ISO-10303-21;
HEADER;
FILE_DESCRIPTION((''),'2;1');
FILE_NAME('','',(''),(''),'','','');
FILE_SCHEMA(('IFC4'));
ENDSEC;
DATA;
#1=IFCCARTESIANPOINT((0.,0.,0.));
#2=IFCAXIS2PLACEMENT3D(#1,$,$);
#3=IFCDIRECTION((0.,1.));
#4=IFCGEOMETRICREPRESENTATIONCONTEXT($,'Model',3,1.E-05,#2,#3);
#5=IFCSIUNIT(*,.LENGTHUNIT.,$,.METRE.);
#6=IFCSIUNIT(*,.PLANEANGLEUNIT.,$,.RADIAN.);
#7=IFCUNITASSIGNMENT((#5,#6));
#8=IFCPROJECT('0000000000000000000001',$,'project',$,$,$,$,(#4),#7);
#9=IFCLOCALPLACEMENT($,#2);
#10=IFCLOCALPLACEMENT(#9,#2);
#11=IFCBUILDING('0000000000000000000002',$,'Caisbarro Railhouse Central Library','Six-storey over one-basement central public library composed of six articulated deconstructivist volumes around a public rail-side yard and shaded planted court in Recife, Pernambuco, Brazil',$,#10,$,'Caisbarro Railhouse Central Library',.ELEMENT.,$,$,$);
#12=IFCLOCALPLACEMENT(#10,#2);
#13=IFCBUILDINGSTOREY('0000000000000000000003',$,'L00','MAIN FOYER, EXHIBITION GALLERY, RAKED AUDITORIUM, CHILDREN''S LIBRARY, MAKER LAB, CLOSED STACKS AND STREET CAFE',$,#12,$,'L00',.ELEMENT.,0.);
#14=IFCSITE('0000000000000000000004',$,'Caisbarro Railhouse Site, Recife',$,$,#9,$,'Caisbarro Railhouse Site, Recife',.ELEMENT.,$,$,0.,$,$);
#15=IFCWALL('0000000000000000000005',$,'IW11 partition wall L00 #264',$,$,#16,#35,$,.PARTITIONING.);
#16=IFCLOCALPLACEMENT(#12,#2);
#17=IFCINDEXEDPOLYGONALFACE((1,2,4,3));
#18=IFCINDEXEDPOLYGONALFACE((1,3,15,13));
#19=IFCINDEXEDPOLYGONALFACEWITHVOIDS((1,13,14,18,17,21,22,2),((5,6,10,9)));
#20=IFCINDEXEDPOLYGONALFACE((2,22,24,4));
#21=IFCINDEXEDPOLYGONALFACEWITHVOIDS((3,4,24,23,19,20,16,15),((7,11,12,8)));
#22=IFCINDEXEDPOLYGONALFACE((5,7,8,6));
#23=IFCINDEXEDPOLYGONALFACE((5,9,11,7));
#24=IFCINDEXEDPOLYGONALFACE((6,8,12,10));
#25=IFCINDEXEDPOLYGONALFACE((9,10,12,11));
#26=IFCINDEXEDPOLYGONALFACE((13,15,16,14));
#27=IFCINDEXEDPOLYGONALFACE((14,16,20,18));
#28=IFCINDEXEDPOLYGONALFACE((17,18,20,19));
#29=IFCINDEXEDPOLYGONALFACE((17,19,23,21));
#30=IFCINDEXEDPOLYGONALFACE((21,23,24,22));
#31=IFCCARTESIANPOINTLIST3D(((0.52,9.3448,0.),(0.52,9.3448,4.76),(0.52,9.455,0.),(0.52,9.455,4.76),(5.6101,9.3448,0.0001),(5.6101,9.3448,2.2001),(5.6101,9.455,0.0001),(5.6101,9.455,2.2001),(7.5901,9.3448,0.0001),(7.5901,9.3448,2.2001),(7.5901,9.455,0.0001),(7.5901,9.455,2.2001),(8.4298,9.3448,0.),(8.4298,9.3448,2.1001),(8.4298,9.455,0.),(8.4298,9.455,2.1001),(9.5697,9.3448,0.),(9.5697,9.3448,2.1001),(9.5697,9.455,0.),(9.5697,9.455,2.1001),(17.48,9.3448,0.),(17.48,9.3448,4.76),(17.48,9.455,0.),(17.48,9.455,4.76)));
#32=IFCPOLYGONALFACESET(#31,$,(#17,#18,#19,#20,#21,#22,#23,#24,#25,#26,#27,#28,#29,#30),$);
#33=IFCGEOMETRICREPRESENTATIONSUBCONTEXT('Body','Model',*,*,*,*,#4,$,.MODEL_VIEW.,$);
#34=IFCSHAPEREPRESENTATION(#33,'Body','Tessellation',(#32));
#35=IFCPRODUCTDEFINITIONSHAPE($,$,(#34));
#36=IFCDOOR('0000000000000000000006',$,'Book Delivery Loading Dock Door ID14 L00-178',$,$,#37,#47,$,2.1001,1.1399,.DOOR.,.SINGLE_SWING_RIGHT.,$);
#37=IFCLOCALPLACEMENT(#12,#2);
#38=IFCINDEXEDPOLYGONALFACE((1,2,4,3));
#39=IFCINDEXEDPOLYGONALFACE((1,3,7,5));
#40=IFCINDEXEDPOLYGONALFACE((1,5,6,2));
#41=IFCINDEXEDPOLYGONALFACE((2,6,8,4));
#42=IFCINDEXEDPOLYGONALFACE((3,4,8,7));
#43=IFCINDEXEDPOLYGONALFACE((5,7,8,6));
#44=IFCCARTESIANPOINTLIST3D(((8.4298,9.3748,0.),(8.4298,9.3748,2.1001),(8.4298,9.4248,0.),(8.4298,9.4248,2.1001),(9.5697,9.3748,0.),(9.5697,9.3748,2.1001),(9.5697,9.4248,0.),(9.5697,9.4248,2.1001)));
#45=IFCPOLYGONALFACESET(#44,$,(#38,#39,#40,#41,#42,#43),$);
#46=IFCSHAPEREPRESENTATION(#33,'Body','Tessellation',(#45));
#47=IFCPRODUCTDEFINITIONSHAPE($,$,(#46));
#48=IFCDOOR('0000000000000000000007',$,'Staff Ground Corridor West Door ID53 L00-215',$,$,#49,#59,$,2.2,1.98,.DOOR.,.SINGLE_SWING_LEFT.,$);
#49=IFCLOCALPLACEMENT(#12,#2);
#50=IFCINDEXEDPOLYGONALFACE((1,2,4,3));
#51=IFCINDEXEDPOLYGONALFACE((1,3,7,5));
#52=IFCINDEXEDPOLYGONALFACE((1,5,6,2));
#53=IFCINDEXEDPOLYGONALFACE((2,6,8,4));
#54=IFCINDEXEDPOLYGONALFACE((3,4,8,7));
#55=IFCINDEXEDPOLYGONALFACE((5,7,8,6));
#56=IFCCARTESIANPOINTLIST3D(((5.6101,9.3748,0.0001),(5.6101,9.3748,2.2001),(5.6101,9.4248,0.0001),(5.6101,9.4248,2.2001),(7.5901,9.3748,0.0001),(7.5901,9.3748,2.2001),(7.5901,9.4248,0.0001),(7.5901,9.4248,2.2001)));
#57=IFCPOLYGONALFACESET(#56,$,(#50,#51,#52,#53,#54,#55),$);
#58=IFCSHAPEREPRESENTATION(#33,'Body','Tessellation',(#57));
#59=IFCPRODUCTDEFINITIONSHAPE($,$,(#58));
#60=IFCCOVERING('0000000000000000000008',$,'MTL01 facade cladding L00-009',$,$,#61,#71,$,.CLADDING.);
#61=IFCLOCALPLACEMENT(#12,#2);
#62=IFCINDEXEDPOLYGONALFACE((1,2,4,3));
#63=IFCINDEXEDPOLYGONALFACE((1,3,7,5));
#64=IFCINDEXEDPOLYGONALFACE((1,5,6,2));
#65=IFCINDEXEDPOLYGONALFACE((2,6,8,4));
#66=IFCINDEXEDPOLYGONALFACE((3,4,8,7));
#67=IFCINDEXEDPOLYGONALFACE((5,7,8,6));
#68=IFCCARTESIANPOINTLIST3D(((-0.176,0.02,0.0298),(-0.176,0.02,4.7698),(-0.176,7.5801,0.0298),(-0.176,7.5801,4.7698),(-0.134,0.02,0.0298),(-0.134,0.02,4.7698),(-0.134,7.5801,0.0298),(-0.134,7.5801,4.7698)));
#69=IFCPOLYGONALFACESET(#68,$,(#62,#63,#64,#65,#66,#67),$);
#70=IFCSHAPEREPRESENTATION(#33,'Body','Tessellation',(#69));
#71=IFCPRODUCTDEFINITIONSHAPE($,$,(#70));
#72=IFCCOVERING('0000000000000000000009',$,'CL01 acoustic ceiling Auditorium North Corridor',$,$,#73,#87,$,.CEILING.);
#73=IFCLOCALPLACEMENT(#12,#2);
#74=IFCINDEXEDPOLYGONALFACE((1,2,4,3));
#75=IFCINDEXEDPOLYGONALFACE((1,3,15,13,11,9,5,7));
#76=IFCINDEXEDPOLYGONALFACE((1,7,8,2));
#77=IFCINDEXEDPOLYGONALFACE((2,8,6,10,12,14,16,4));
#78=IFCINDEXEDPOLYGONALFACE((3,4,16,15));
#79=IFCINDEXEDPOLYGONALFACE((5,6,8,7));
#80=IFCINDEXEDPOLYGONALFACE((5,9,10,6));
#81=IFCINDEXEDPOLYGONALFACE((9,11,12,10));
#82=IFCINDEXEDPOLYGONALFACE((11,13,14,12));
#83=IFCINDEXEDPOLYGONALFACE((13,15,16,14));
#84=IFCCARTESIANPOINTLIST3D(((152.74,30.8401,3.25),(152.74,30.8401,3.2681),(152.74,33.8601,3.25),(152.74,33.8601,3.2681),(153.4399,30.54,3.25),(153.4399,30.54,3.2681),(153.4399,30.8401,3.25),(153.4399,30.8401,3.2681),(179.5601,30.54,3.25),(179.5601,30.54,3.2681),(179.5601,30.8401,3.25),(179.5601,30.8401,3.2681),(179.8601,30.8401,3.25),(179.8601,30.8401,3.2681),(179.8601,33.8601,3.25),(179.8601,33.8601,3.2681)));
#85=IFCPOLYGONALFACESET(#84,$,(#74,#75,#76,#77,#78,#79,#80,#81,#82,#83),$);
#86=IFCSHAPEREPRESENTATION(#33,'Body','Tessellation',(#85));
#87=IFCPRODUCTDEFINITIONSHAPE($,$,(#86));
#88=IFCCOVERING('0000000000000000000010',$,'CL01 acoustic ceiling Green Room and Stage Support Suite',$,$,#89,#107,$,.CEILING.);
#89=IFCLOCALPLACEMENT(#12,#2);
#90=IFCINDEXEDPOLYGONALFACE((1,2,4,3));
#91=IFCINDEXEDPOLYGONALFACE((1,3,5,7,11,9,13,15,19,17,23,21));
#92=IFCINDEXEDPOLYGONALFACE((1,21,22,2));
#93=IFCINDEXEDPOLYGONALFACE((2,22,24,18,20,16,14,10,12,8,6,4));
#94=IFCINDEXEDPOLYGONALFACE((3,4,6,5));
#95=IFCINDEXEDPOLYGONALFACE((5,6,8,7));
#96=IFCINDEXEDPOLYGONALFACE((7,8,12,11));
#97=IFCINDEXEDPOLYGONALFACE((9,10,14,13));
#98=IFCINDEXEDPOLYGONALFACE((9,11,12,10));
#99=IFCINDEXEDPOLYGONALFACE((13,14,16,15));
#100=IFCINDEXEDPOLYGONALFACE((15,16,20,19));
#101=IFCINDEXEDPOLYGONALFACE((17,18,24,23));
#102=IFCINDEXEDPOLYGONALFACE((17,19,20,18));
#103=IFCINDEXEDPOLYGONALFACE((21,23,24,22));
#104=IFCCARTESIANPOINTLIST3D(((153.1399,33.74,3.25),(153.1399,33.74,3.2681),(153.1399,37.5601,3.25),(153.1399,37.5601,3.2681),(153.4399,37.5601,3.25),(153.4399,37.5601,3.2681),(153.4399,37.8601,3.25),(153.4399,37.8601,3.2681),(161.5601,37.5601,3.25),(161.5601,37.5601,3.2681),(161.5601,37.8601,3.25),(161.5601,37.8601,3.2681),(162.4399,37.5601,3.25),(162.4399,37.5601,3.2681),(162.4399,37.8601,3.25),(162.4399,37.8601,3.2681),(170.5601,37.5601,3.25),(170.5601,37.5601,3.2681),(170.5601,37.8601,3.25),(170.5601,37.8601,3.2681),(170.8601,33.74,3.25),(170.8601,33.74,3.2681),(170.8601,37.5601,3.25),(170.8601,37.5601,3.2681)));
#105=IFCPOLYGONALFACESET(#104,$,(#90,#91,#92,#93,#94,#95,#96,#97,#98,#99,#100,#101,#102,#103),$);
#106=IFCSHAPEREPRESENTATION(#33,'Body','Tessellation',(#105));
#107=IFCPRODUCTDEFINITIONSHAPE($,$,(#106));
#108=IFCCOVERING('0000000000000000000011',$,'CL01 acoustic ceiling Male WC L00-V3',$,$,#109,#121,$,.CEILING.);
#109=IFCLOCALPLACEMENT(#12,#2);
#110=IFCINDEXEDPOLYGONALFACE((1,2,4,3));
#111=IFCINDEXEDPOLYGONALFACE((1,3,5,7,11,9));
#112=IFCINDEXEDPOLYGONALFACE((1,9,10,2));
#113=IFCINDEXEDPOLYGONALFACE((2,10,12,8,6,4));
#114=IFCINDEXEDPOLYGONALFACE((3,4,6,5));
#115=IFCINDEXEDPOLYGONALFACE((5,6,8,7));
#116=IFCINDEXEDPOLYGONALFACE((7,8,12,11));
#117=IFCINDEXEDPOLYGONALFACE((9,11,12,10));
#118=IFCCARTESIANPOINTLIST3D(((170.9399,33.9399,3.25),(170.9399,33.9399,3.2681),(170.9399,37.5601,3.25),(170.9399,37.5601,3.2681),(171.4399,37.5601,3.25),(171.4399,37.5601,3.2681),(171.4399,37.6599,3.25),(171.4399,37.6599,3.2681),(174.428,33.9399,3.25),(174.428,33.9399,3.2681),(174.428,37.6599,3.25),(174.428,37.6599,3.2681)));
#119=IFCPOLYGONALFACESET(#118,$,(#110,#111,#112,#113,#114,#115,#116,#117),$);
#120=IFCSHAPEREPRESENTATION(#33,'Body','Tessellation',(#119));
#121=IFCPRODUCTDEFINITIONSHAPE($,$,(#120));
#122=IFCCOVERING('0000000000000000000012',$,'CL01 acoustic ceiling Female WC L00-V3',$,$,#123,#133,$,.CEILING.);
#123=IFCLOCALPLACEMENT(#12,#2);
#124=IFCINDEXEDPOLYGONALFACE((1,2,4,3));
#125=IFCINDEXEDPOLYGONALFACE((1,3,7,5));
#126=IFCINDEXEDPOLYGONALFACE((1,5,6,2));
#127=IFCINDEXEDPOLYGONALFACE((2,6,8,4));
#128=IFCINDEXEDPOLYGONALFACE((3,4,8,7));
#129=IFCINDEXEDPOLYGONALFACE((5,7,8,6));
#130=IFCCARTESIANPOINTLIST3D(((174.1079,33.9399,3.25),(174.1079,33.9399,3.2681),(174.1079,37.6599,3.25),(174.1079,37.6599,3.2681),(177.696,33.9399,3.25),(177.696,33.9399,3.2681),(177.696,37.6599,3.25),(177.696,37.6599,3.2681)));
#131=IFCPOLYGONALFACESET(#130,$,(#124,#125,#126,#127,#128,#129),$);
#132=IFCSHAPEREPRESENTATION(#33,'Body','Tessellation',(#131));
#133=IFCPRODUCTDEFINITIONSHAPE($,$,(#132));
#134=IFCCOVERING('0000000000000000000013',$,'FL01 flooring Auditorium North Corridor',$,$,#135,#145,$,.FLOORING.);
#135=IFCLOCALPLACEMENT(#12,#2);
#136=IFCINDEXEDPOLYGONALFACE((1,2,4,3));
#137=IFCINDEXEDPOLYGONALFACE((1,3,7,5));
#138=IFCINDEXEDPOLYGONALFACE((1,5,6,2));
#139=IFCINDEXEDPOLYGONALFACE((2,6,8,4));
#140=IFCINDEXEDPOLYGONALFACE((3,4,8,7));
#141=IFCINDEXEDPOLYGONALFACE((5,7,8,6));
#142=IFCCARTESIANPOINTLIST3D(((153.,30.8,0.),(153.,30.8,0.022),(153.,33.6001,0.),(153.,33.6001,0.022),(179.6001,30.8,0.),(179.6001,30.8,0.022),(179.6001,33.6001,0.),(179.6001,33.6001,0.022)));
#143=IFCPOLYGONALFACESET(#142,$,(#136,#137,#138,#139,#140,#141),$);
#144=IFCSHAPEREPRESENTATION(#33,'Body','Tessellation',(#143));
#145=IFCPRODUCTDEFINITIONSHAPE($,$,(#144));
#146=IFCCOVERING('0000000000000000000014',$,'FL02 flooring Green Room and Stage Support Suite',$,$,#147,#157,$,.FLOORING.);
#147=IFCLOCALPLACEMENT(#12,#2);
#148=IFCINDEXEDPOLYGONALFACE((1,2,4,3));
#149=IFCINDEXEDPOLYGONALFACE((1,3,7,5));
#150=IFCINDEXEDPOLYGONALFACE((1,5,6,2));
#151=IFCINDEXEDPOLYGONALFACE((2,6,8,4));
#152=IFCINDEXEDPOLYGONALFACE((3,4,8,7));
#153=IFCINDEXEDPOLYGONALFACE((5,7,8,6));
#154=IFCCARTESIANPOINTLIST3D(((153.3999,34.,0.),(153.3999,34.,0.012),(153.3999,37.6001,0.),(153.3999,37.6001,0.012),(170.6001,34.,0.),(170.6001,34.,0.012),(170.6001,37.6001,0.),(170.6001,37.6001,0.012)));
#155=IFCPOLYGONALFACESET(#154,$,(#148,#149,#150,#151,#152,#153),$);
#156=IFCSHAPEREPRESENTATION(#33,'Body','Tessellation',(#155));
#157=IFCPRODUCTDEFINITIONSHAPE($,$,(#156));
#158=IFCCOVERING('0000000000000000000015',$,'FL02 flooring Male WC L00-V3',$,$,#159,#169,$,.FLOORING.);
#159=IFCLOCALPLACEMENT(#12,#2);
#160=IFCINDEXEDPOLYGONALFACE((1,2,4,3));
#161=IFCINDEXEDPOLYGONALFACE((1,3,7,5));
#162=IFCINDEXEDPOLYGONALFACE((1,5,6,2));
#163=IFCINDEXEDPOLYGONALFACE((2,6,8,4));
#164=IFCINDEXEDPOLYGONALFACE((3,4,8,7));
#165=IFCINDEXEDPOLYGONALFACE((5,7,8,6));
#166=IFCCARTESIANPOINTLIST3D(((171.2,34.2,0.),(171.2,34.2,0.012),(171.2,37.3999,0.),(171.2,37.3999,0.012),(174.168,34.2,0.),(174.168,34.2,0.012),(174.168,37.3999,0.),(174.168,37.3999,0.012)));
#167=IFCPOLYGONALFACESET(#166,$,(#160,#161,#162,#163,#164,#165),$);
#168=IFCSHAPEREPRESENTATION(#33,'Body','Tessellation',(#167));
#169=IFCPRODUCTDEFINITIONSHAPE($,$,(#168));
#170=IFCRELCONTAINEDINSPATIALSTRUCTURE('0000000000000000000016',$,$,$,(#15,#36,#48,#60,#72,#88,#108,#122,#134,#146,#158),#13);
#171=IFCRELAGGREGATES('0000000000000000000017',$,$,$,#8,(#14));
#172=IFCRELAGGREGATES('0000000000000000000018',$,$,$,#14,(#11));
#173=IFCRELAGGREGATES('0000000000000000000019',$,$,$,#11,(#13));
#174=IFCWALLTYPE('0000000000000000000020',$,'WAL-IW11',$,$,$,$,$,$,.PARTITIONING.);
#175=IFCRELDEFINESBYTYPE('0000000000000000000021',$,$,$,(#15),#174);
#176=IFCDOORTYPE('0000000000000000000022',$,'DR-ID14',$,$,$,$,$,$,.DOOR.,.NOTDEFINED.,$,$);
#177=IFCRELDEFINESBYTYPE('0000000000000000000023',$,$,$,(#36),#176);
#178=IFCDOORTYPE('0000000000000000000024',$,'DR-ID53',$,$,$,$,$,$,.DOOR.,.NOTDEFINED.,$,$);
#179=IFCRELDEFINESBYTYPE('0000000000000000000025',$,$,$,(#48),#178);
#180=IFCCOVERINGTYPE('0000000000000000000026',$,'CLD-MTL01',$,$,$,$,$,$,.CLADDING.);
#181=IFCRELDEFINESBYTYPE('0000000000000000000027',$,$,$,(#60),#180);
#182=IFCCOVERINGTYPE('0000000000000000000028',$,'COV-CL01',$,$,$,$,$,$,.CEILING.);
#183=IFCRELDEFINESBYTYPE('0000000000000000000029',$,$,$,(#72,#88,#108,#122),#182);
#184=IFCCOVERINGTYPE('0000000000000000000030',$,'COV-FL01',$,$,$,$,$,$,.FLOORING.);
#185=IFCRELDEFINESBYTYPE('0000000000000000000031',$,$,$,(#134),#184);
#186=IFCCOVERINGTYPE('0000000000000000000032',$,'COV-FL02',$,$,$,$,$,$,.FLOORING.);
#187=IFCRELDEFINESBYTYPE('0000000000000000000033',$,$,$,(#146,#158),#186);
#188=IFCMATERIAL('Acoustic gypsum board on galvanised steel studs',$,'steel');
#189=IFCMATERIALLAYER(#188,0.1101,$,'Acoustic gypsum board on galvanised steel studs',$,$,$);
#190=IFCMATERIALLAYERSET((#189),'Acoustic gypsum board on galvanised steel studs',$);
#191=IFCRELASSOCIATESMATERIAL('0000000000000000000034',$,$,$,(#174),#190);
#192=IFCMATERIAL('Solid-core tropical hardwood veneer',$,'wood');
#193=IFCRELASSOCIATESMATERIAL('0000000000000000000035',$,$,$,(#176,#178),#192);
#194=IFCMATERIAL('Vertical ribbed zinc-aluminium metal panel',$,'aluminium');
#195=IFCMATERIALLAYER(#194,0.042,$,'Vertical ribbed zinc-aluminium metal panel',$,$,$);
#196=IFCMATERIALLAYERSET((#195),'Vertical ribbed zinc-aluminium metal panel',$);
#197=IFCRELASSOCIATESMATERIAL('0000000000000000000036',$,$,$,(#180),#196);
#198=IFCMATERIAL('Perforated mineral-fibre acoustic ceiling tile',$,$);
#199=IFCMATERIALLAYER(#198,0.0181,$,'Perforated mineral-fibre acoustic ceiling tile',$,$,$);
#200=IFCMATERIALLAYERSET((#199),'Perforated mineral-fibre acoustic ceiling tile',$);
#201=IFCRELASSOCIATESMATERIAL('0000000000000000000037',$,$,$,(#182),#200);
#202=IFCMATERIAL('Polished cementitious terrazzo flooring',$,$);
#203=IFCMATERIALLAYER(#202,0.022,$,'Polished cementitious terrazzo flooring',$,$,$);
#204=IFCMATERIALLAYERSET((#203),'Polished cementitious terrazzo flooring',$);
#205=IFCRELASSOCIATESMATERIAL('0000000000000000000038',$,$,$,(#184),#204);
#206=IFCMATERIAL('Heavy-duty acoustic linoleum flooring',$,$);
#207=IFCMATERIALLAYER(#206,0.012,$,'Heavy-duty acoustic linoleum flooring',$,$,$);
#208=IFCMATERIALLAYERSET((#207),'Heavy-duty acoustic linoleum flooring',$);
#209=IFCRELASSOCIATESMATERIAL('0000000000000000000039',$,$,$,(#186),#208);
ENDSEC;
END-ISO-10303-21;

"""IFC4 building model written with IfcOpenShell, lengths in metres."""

from ifc_helpers import new_model, si_unit, direction, frame, frame_2d, origin, origin_2d, place, context, subcontext, project, spatial, polyline, rectangle, outline, extrude, material, layer, layer_set, type_object, element, fill, save


model = new_model("IFC4")

# Units and contexts
model_context = context("Model", 3, precision=1e-05, world=origin(), true_north=direction((0.0, 1.0)))
body_context = subcontext(model_context, "Body", "Model", "MODEL_VIEW")
ifc_project = project(units=[si_unit("LENGTHUNIT", "METRE"), si_unit("PLANEANGLEUNIT", "RADIAN")], contexts=[model_context])

# Site, building, storey
site_placement = place(None, origin())
site = spatial("IfcSite", under=ifc_project, at=site_placement, Name="Caisbarro Railhouse Site, Recife", LongName="Caisbarro Railhouse Site, Recife", CompositionType="ELEMENT", RefElevation=0.0)
building_placement = place(site_placement, origin())
building = spatial("IfcBuilding", under=site, at=building_placement, Name="Caisbarro Railhouse Central Library", Description="Six-storey over one-basement central public library composed of six articulated deconstructivist volumes around a public rail-side yard and shaded planted court in Recife, Pernambuco, Brazil", LongName="Caisbarro Railhouse Central Library", CompositionType="ELEMENT")
storey_placement = place(building_placement, origin())
storey = spatial("IfcBuildingStorey", under=building, at=storey_placement, Name="L00", Description="MAIN FOYER, EXHIBITION GALLERY, RAKED AUDITORIUM, CHILDREN'S LIBRARY, MAKER LAB, CLOSED STACKS AND STREET CAFE", LongName="L00", CompositionType="ELEMENT", Elevation=0.0)

# Wall, openings, doors
ifc_material_1 = material(Name="Acoustic gypsum board on galvanised steel studs", Category="steel")
ifc_layer_1 = layer(ifc_material_1, 0.1101, Name="Acoustic gypsum board on galvanised steel studs")
ifc_layer_set_1 = layer_set([ifc_layer_1], Name="Acoustic gypsum board on galvanised steel studs")
wall_type_1 = type_object("IfcWallType", Name="WAL-IW11", PredefinedType="PARTITIONING", material=ifc_layer_set_1)
wall_1_placement = place(storey_placement, frame((0.52, 9.3999, 0.0), z_axis=(0.0, 0.0, 1.0), x_axis=(1.0, 0.0, 0.0)))
wall_1 = element("IfcWall", 1, at=wall_1_placement, inside=storey, type_object=wall_type_1, Name="IW11 partition wall L00 #264", PredefinedType="PARTITIONING", context=body_context, shape_type="SweptSolid", body=[
    extrude(rectangle(XDim=16.96, YDim=0.1101, at=frame_2d((8.48, 0.0))), origin(), (0.0, 0.0, 1.0), 4.76),
])
opening_1_placement = place(wall_1_placement, frame((7.9099, 0.0, 0.0)))
opening_1 = element("IfcOpeningElement", 2, at=opening_1_placement, cuts=wall_1, PredefinedType="OPENING", context=body_context, shape_type="SweptSolid", body=[
    extrude(rectangle(XDim=1.1399, YDim=2.1001, at=frame_2d((0.5698, 1.05))), frame((0.0, 0.0649, 0.0), z_axis=(0.0, -1.0, 0.0), x_axis=(1.0, 0.0, 0.0)), (0.0, 0.0, 1.0), 0.1301),
])
opening_2_placement = place(wall_1_placement, frame((5.0901, 0.0, 0.0)))
opening_2 = element("IfcOpeningElement", 3, at=opening_2_placement, cuts=wall_1, PredefinedType="OPENING", context=body_context, shape_type="SweptSolid", body=[
    extrude(rectangle(XDim=1.98, YDim=2.2, at=frame_2d((0.99, 1.1001))), frame((0.0, 0.0649, 0.0), z_axis=(0.0, -1.0, 0.0), x_axis=(1.0, 0.0, 0.0)), (0.0, 0.0, 1.0), 0.1301),
])
ifc_material_2 = material(Name="Solid-core tropical hardwood veneer", Category="wood")
door_type_1 = type_object("IfcDoorType", Name="DR-ID14", OperationType="NOTDEFINED", PredefinedType="DOOR", material=ifc_material_2)
door_1_placement = place(opening_1_placement, origin())
door_1 = element("IfcDoor", 4, at=door_1_placement, inside=storey, type_object=door_type_1, Name="Book Delivery Loading Dock Door ID14 L00-178", OperationType="SINGLE_SWING_RIGHT", OverallHeight=2.1001, OverallWidth=1.1399, PredefinedType="DOOR", context=body_context, shape_type="SweptSolid", body=[
    extrude(rectangle(XDim=1.1399, YDim=2.1001, at=frame_2d((0.5698, 1.05))), frame((0.0, 0.0249, 0.0), z_axis=(0.0, -1.0, 0.0), x_axis=(1.0, 0.0, 0.0)), (0.0, 0.0, 1.0), 0.05),
])
fill(opening_1, door_1)
door_type_2 = type_object("IfcDoorType", Name="DR-ID53", OperationType="NOTDEFINED", PredefinedType="DOOR", material=ifc_material_2)
door_2_placement = place(opening_2_placement, origin())
door_2 = element("IfcDoor", 5, at=door_2_placement, inside=storey, type_object=door_type_2, Name="Staff Ground Corridor West Door ID53 L00-215", OperationType="SINGLE_SWING_LEFT", OverallHeight=2.2, OverallWidth=1.98, PredefinedType="DOOR", context=body_context, shape_type="SweptSolid", body=[
    extrude(rectangle(XDim=1.98, YDim=2.2, at=frame_2d((0.99, 1.1001))), frame((0.0, 0.0249, 0.0), z_axis=(0.0, -1.0, 0.0), x_axis=(1.0, 0.0, 0.0)), (0.0, 0.0, 1.0), 0.05),
])
fill(opening_2, door_2)

# Coverings
ifc_material_3 = material(Name="Vertical ribbed zinc-aluminium metal panel", Category="aluminium")
ifc_layer_2 = layer(ifc_material_3, 0.042, Name="Vertical ribbed zinc-aluminium metal panel")
ifc_layer_set_2 = layer_set([ifc_layer_2], Name="Vertical ribbed zinc-aluminium metal panel")
covering_type_1 = type_object("IfcCoveringType", Name="CLD-MTL01", PredefinedType="CLADDING", material=ifc_layer_set_2)
covering_1_placement = place(storey_placement, frame((-0.155, 3.8, 0.0298), z_axis=(0.0, 0.0, 1.0), x_axis=(0.0, 1.0, 0.0)))
element("IfcCovering", 6, at=covering_1_placement, inside=storey, type_object=covering_type_1, Name="MTL01 facade cladding L00-009", PredefinedType="CLADDING", context=body_context, shape_type="SweptSolid", body=[
    extrude(rectangle(XDim=7.5601, YDim=0.042, at=origin_2d()), origin(), (0.0, 0.0, 1.0), 4.74),
])
ifc_material_4 = material(Name="Perforated mineral-fibre acoustic ceiling tile")
ifc_layer_3 = layer(ifc_material_4, 0.0181, Name="Perforated mineral-fibre acoustic ceiling tile")
ifc_layer_set_3 = layer_set([ifc_layer_3], Name="Perforated mineral-fibre acoustic ceiling tile")
covering_type_2 = type_object("IfcCoveringType", Name="COV-CL01", PredefinedType="CEILING", material=ifc_layer_set_3)
covering_2_placement = place(storey_placement, frame((0.0, 0.0, 3.25)))
element("IfcCovering", 7, at=covering_2_placement, inside=storey, type_object=covering_type_2, Name="CL01 acoustic ceiling Auditorium North Corridor", PredefinedType="CEILING", context=body_context, shape_type="SweptSolid", body=[
    extrude(outline(polyline([(179.8601, 33.8601), (179.8601, 30.8401), (179.5601, 30.8401), (179.5601, 30.54), (153.4399, 30.54), (153.4399, 30.8401), (152.74, 30.8401), (152.74, 33.8601), (179.8601, 33.8601)])), origin(), (0.0, 0.0, 1.0), 0.0181),
])
covering_3_placement = place(storey_placement, frame((0.0, 0.0, 3.25)))
element("IfcCovering", 8, at=covering_3_placement, inside=storey, type_object=covering_type_2, Name="CL01 acoustic ceiling Green Room and Stage Support Suite", PredefinedType="CEILING", context=body_context, shape_type="SweptSolid", body=[
    extrude(outline(polyline([(153.4399, 37.8601), (161.5601, 37.8601), (161.5601, 37.5601), (162.4399, 37.5601), (162.4399, 37.8601), (170.5601, 37.8601), (170.5601, 37.5601), (170.8601, 37.5601), (170.8601, 33.74), (153.1399, 33.74), (153.1399, 37.5601), (153.4399, 37.5601), (153.4399, 37.8601)])), origin(), (0.0, 0.0, 1.0), 0.0181),
])
covering_4_placement = place(storey_placement, frame((0.0, 0.0, 3.25)))
element("IfcCovering", 9, at=covering_4_placement, inside=storey, type_object=covering_type_2, Name="CL01 acoustic ceiling Male WC L00-V3", PredefinedType="CEILING", context=body_context, shape_type="SweptSolid", body=[
    extrude(outline(polyline([(170.9399, 37.5601), (171.4399, 37.5601), (171.4399, 37.6599), (174.428, 37.6599), (174.428, 33.9399), (170.9399, 33.9399), (170.9399, 37.5601)])), origin(), (0.0, 0.0, 1.0), 0.0181),
])
covering_5_placement = place(storey_placement, frame((0.0, 0.0, 3.25)))
element("IfcCovering", 10, at=covering_5_placement, inside=storey, type_object=covering_type_2, Name="CL01 acoustic ceiling Female WC L00-V3", PredefinedType="CEILING", context=body_context, shape_type="SweptSolid", body=[
    extrude(outline(polyline([(174.1079, 33.9399), (174.1079, 37.6599), (177.696, 37.6599), (177.696, 33.9399), (174.1079, 33.9399)])), origin(), (0.0, 0.0, 1.0), 0.0181),
])
ifc_material_5 = material(Name="Polished cementitious terrazzo flooring")
ifc_layer_4 = layer(ifc_material_5, 0.022, Name="Polished cementitious terrazzo flooring")
ifc_layer_set_4 = layer_set([ifc_layer_4], Name="Polished cementitious terrazzo flooring")
covering_type_3 = type_object("IfcCoveringType", Name="COV-FL01", PredefinedType="FLOORING", material=ifc_layer_set_4)
covering_6_placement = place(storey_placement, origin())
element("IfcCovering", 11, at=covering_6_placement, inside=storey, type_object=covering_type_3, Name="FL01 flooring Auditorium North Corridor", PredefinedType="FLOORING", context=body_context, shape_type="SweptSolid", body=[
    extrude(outline(polyline([(153.0, 30.8), (179.6001, 30.8), (179.6001, 33.6001), (153.0, 33.6001), (153.0, 30.8)])), origin(), (0.0, 0.0, 1.0), 0.022),
])
ifc_material_6 = material(Name="Heavy-duty acoustic linoleum flooring")
ifc_layer_5 = layer(ifc_material_6, 0.012, Name="Heavy-duty acoustic linoleum flooring")
ifc_layer_set_5 = layer_set([ifc_layer_5], Name="Heavy-duty acoustic linoleum flooring")
covering_type_4 = type_object("IfcCoveringType", Name="COV-FL02", PredefinedType="FLOORING", material=ifc_layer_set_5)
covering_7_placement = place(storey_placement, origin())
element("IfcCovering", 12, at=covering_7_placement, inside=storey, type_object=covering_type_4, Name="FL02 flooring Green Room and Stage Support Suite", PredefinedType="FLOORING", context=body_context, shape_type="SweptSolid", body=[
    extrude(outline(polyline([(153.3999, 34.0), (170.6001, 34.0), (170.6001, 37.6001), (153.3999, 37.6001), (153.3999, 34.0)])), origin(), (0.0, 0.0, 1.0), 0.012),
])
covering_8_placement = place(storey_placement, origin())
element("IfcCovering", 13, at=covering_8_placement, inside=storey, type_object=covering_type_4, Name="FL02 flooring Male WC L00-V3", PredefinedType="FLOORING", context=body_context, shape_type="SweptSolid", body=[
    extrude(outline(polyline([(171.2, 34.2), (174.168, 34.2), (174.168, 37.3999), (171.2, 37.3999), (171.2, 34.2)])), origin(), (0.0, 0.0, 1.0), 0.012),
])

save(model, "model.ifc")
